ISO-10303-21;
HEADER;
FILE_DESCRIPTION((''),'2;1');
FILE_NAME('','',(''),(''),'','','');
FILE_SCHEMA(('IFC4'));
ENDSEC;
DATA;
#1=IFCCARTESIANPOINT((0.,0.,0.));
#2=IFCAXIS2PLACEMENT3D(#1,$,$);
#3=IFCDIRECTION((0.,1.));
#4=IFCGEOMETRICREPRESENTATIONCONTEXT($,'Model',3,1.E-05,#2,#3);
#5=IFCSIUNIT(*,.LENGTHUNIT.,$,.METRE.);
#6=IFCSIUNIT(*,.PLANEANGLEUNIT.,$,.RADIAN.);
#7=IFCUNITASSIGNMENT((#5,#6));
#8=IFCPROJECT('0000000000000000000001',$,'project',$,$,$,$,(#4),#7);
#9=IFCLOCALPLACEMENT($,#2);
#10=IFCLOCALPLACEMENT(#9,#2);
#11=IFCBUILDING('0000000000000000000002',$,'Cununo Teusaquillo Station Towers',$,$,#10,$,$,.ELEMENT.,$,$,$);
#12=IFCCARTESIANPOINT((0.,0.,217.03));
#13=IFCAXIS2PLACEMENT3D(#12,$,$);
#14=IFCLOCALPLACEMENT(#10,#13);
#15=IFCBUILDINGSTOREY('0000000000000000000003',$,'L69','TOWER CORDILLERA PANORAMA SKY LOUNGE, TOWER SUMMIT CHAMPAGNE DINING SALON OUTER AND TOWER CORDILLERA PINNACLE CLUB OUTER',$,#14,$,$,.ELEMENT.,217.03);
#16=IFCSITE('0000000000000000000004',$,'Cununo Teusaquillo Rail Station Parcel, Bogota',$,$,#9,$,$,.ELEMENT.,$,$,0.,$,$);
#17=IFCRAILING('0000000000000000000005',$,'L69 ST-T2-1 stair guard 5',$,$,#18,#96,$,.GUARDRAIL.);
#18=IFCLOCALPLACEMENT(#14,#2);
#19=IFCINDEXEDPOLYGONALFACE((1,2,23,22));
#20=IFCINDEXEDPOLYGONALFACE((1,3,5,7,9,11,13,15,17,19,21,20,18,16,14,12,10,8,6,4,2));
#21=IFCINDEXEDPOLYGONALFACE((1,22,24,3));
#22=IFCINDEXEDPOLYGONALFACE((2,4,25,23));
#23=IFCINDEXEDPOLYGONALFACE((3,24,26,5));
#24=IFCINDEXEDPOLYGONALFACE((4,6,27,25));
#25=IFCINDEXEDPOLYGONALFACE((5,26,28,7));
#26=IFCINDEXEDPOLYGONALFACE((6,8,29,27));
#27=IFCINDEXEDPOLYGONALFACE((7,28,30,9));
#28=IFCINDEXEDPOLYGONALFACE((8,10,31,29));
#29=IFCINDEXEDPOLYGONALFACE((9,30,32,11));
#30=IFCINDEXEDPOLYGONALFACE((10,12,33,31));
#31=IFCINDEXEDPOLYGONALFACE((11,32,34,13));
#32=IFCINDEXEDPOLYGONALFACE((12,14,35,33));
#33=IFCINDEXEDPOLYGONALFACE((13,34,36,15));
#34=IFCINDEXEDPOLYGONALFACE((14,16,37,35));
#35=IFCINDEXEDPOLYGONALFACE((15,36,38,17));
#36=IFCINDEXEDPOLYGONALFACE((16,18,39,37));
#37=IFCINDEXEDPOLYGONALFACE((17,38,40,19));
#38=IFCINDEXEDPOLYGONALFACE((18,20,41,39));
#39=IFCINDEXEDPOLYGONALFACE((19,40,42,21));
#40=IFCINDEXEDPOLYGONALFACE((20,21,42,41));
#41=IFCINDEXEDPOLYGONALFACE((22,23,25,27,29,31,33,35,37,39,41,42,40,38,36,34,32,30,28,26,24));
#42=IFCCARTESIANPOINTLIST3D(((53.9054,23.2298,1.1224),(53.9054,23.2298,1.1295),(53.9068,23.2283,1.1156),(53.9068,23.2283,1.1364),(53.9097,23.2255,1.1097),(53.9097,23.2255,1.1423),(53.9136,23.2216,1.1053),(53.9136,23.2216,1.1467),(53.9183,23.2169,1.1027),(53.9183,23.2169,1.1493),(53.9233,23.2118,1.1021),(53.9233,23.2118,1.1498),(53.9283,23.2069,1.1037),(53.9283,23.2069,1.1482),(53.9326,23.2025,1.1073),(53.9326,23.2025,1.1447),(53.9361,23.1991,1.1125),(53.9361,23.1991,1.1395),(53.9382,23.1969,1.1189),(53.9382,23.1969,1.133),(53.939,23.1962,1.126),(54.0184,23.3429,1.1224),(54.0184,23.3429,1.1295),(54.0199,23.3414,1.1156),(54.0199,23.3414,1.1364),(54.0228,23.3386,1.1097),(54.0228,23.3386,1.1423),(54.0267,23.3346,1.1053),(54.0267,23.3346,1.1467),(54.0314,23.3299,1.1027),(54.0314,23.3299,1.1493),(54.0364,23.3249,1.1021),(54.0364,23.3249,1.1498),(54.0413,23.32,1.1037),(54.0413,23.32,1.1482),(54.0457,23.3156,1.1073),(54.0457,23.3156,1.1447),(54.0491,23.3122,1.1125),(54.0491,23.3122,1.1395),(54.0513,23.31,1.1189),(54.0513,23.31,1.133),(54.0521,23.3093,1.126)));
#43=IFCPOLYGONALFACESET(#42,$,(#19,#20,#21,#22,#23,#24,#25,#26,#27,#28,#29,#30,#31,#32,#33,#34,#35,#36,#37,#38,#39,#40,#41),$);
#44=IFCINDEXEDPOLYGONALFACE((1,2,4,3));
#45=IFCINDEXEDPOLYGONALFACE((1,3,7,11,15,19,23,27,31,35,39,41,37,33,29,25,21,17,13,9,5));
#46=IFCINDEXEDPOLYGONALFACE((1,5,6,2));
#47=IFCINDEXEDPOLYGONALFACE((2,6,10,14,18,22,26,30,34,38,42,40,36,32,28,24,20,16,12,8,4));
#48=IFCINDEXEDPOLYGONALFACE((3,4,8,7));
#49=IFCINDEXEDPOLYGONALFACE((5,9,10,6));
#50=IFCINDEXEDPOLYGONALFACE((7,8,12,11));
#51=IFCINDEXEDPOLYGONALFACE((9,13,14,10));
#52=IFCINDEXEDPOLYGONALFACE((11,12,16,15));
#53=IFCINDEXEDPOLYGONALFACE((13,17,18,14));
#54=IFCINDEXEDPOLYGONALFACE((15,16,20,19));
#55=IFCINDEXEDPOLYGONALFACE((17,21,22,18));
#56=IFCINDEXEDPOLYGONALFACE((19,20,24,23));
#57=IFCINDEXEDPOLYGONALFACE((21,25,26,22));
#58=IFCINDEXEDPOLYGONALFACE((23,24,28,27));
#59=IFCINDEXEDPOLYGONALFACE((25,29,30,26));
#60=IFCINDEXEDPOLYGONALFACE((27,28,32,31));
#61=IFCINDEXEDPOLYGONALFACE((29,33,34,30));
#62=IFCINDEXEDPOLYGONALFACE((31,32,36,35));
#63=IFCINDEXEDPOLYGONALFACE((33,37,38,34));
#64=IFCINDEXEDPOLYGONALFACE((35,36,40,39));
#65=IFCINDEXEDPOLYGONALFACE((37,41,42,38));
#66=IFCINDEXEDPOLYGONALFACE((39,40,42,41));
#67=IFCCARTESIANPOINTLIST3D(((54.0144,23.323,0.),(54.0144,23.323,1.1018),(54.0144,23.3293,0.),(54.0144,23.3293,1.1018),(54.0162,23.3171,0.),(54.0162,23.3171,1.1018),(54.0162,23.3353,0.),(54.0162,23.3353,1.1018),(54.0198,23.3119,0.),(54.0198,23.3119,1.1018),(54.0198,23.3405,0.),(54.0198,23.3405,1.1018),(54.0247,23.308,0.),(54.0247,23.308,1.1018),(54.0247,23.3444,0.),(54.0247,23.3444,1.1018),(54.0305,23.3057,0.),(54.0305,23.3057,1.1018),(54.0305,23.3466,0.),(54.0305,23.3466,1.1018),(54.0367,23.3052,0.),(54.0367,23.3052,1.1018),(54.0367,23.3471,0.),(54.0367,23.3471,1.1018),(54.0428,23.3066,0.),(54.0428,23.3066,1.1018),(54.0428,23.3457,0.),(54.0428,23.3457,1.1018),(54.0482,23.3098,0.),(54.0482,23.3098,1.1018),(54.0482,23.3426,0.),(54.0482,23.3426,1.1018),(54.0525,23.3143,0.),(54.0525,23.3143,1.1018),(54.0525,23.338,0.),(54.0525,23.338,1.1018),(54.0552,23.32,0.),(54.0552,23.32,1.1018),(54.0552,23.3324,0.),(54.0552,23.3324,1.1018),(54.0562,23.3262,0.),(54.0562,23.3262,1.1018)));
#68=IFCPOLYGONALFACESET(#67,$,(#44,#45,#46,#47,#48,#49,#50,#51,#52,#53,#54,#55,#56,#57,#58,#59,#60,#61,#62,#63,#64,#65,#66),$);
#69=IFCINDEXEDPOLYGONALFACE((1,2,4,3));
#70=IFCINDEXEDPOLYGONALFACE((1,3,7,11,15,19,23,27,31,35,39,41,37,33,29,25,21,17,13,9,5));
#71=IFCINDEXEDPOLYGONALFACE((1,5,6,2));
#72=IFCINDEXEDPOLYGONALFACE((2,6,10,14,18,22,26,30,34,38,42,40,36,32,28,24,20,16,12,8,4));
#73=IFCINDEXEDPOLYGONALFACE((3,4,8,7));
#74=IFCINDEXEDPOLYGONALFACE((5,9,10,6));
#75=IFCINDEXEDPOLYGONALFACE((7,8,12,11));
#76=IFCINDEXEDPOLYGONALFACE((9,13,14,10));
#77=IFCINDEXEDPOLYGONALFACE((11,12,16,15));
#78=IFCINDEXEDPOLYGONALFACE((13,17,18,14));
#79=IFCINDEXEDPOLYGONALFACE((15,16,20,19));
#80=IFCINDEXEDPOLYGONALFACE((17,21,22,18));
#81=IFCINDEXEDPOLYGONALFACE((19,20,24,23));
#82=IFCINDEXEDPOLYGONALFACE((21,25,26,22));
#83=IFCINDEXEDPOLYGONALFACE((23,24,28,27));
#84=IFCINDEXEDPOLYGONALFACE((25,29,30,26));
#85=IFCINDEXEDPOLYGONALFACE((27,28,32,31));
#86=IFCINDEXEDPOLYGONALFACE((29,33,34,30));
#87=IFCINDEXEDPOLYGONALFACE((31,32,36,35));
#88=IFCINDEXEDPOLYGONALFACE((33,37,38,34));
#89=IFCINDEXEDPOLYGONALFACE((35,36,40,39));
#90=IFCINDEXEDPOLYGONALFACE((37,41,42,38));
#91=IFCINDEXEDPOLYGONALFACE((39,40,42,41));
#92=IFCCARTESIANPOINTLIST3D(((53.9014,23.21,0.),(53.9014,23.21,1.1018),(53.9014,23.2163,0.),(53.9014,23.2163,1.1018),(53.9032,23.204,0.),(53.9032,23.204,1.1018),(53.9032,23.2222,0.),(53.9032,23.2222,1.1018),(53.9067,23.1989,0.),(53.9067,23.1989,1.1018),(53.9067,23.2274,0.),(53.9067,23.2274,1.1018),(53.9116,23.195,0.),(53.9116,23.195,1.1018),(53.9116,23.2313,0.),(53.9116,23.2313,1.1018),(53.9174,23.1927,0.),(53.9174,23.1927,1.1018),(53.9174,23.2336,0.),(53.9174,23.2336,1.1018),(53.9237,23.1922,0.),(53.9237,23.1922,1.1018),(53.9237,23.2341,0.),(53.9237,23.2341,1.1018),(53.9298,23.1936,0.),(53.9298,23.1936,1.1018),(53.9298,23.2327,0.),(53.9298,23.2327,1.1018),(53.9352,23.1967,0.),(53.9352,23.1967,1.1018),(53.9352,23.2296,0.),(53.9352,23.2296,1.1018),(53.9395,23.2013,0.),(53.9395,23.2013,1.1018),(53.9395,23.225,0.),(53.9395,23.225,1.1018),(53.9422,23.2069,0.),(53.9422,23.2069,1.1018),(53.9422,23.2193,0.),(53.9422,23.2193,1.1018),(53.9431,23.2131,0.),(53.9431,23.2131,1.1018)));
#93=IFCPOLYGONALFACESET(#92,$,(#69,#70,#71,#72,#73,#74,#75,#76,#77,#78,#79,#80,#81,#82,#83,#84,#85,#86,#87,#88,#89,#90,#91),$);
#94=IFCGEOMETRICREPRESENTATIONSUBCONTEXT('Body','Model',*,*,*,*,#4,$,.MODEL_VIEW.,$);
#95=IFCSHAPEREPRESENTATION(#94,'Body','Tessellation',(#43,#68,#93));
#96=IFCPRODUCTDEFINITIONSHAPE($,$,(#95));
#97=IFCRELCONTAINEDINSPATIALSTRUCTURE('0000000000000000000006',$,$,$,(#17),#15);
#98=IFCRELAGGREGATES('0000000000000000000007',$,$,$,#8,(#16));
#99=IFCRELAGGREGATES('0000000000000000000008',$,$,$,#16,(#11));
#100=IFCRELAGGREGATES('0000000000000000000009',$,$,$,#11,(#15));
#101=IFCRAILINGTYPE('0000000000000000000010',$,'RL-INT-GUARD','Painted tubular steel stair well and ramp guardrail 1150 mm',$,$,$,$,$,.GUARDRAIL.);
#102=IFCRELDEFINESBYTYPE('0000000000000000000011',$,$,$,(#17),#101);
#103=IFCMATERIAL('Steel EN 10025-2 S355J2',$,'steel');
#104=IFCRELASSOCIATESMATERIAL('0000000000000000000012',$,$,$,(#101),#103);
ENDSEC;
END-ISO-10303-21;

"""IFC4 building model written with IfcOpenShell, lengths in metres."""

from ifc_helpers import new_model, si_unit, direction, frame, origin, origin_2d, place, context, subcontext, project, spatial, circle, extrude, material, type_object, element, save


model = new_model("IFC4")

# Units and contexts
model_context = context("Model", 3, precision=1e-05, world=origin(), true_north=direction((0.0, 1.0)))
body_context = subcontext(model_context, "Body", "Model", "MODEL_VIEW")
ifc_project = project(units=[si_unit("LENGTHUNIT", "METRE"), si_unit("PLANEANGLEUNIT", "RADIAN")], contexts=[model_context])

# Site, building, storey
site_placement = place(None, origin())
site = spatial("IfcSite", under=ifc_project, at=site_placement, Name="Cununo Teusaquillo Rail Station Parcel, Bogota", CompositionType="ELEMENT", RefElevation=0.0)
building_placement = place(site_placement, origin())
building = spatial("IfcBuilding", under=site, at=building_placement, Name="Cununo Teusaquillo Station Towers", CompositionType="ELEMENT")
storey_placement = place(building_placement, frame((0.0, 0.0, 217.03)))
storey = spatial("IfcBuildingStorey", under=building, at=storey_placement, Name="L69", Description="TOWER CORDILLERA PANORAMA SKY LOUNGE, TOWER SUMMIT CHAMPAGNE DINING SALON OUTER AND TOWER CORDILLERA PINNACLE CLUB OUTER", CompositionType="ELEMENT", Elevation=217.03)

# Railing
ifc_material_1 = material(Name="Steel EN 10025-2 S355J2", Category="steel")
railing_type_1 = type_object("IfcRailingType", Name="RL-INT-GUARD", Description="Painted tubular steel stair well and ramp guardrail 1150 mm", PredefinedType="GUARDRAIL", material=ifc_material_1)
railing_1_placement = place(storey_placement, frame((54.0352, 23.3262, 0.0)))
element("IfcRailing", 1, at=railing_1_placement, inside=storey, type_object=railing_type_1, Name="L69 ST-T2-1 stair guard 5", PredefinedType="GUARDRAIL", context=body_context, shape_type="SweptSolid", body=[
    extrude(circle(Radius=0.0239, at=origin_2d()), frame((0.0, 0.0, 1.126), z_axis=(-0.707107, -0.707107, 0.0), x_axis=(0.707107, -0.707107, 0.0)), (0.0, 0.0, 1.0), 0.1599),
    extrude(circle(Radius=0.021, at=origin_2d()), origin(), (0.0, 0.0, 1.0), 1.1018),
    extrude(circle(Radius=0.021, at=origin_2d()), frame((-0.113, -0.113, 0.0)), (0.0, 0.0, 1.0), 1.1018),
])

save(model, "model.ifc")
